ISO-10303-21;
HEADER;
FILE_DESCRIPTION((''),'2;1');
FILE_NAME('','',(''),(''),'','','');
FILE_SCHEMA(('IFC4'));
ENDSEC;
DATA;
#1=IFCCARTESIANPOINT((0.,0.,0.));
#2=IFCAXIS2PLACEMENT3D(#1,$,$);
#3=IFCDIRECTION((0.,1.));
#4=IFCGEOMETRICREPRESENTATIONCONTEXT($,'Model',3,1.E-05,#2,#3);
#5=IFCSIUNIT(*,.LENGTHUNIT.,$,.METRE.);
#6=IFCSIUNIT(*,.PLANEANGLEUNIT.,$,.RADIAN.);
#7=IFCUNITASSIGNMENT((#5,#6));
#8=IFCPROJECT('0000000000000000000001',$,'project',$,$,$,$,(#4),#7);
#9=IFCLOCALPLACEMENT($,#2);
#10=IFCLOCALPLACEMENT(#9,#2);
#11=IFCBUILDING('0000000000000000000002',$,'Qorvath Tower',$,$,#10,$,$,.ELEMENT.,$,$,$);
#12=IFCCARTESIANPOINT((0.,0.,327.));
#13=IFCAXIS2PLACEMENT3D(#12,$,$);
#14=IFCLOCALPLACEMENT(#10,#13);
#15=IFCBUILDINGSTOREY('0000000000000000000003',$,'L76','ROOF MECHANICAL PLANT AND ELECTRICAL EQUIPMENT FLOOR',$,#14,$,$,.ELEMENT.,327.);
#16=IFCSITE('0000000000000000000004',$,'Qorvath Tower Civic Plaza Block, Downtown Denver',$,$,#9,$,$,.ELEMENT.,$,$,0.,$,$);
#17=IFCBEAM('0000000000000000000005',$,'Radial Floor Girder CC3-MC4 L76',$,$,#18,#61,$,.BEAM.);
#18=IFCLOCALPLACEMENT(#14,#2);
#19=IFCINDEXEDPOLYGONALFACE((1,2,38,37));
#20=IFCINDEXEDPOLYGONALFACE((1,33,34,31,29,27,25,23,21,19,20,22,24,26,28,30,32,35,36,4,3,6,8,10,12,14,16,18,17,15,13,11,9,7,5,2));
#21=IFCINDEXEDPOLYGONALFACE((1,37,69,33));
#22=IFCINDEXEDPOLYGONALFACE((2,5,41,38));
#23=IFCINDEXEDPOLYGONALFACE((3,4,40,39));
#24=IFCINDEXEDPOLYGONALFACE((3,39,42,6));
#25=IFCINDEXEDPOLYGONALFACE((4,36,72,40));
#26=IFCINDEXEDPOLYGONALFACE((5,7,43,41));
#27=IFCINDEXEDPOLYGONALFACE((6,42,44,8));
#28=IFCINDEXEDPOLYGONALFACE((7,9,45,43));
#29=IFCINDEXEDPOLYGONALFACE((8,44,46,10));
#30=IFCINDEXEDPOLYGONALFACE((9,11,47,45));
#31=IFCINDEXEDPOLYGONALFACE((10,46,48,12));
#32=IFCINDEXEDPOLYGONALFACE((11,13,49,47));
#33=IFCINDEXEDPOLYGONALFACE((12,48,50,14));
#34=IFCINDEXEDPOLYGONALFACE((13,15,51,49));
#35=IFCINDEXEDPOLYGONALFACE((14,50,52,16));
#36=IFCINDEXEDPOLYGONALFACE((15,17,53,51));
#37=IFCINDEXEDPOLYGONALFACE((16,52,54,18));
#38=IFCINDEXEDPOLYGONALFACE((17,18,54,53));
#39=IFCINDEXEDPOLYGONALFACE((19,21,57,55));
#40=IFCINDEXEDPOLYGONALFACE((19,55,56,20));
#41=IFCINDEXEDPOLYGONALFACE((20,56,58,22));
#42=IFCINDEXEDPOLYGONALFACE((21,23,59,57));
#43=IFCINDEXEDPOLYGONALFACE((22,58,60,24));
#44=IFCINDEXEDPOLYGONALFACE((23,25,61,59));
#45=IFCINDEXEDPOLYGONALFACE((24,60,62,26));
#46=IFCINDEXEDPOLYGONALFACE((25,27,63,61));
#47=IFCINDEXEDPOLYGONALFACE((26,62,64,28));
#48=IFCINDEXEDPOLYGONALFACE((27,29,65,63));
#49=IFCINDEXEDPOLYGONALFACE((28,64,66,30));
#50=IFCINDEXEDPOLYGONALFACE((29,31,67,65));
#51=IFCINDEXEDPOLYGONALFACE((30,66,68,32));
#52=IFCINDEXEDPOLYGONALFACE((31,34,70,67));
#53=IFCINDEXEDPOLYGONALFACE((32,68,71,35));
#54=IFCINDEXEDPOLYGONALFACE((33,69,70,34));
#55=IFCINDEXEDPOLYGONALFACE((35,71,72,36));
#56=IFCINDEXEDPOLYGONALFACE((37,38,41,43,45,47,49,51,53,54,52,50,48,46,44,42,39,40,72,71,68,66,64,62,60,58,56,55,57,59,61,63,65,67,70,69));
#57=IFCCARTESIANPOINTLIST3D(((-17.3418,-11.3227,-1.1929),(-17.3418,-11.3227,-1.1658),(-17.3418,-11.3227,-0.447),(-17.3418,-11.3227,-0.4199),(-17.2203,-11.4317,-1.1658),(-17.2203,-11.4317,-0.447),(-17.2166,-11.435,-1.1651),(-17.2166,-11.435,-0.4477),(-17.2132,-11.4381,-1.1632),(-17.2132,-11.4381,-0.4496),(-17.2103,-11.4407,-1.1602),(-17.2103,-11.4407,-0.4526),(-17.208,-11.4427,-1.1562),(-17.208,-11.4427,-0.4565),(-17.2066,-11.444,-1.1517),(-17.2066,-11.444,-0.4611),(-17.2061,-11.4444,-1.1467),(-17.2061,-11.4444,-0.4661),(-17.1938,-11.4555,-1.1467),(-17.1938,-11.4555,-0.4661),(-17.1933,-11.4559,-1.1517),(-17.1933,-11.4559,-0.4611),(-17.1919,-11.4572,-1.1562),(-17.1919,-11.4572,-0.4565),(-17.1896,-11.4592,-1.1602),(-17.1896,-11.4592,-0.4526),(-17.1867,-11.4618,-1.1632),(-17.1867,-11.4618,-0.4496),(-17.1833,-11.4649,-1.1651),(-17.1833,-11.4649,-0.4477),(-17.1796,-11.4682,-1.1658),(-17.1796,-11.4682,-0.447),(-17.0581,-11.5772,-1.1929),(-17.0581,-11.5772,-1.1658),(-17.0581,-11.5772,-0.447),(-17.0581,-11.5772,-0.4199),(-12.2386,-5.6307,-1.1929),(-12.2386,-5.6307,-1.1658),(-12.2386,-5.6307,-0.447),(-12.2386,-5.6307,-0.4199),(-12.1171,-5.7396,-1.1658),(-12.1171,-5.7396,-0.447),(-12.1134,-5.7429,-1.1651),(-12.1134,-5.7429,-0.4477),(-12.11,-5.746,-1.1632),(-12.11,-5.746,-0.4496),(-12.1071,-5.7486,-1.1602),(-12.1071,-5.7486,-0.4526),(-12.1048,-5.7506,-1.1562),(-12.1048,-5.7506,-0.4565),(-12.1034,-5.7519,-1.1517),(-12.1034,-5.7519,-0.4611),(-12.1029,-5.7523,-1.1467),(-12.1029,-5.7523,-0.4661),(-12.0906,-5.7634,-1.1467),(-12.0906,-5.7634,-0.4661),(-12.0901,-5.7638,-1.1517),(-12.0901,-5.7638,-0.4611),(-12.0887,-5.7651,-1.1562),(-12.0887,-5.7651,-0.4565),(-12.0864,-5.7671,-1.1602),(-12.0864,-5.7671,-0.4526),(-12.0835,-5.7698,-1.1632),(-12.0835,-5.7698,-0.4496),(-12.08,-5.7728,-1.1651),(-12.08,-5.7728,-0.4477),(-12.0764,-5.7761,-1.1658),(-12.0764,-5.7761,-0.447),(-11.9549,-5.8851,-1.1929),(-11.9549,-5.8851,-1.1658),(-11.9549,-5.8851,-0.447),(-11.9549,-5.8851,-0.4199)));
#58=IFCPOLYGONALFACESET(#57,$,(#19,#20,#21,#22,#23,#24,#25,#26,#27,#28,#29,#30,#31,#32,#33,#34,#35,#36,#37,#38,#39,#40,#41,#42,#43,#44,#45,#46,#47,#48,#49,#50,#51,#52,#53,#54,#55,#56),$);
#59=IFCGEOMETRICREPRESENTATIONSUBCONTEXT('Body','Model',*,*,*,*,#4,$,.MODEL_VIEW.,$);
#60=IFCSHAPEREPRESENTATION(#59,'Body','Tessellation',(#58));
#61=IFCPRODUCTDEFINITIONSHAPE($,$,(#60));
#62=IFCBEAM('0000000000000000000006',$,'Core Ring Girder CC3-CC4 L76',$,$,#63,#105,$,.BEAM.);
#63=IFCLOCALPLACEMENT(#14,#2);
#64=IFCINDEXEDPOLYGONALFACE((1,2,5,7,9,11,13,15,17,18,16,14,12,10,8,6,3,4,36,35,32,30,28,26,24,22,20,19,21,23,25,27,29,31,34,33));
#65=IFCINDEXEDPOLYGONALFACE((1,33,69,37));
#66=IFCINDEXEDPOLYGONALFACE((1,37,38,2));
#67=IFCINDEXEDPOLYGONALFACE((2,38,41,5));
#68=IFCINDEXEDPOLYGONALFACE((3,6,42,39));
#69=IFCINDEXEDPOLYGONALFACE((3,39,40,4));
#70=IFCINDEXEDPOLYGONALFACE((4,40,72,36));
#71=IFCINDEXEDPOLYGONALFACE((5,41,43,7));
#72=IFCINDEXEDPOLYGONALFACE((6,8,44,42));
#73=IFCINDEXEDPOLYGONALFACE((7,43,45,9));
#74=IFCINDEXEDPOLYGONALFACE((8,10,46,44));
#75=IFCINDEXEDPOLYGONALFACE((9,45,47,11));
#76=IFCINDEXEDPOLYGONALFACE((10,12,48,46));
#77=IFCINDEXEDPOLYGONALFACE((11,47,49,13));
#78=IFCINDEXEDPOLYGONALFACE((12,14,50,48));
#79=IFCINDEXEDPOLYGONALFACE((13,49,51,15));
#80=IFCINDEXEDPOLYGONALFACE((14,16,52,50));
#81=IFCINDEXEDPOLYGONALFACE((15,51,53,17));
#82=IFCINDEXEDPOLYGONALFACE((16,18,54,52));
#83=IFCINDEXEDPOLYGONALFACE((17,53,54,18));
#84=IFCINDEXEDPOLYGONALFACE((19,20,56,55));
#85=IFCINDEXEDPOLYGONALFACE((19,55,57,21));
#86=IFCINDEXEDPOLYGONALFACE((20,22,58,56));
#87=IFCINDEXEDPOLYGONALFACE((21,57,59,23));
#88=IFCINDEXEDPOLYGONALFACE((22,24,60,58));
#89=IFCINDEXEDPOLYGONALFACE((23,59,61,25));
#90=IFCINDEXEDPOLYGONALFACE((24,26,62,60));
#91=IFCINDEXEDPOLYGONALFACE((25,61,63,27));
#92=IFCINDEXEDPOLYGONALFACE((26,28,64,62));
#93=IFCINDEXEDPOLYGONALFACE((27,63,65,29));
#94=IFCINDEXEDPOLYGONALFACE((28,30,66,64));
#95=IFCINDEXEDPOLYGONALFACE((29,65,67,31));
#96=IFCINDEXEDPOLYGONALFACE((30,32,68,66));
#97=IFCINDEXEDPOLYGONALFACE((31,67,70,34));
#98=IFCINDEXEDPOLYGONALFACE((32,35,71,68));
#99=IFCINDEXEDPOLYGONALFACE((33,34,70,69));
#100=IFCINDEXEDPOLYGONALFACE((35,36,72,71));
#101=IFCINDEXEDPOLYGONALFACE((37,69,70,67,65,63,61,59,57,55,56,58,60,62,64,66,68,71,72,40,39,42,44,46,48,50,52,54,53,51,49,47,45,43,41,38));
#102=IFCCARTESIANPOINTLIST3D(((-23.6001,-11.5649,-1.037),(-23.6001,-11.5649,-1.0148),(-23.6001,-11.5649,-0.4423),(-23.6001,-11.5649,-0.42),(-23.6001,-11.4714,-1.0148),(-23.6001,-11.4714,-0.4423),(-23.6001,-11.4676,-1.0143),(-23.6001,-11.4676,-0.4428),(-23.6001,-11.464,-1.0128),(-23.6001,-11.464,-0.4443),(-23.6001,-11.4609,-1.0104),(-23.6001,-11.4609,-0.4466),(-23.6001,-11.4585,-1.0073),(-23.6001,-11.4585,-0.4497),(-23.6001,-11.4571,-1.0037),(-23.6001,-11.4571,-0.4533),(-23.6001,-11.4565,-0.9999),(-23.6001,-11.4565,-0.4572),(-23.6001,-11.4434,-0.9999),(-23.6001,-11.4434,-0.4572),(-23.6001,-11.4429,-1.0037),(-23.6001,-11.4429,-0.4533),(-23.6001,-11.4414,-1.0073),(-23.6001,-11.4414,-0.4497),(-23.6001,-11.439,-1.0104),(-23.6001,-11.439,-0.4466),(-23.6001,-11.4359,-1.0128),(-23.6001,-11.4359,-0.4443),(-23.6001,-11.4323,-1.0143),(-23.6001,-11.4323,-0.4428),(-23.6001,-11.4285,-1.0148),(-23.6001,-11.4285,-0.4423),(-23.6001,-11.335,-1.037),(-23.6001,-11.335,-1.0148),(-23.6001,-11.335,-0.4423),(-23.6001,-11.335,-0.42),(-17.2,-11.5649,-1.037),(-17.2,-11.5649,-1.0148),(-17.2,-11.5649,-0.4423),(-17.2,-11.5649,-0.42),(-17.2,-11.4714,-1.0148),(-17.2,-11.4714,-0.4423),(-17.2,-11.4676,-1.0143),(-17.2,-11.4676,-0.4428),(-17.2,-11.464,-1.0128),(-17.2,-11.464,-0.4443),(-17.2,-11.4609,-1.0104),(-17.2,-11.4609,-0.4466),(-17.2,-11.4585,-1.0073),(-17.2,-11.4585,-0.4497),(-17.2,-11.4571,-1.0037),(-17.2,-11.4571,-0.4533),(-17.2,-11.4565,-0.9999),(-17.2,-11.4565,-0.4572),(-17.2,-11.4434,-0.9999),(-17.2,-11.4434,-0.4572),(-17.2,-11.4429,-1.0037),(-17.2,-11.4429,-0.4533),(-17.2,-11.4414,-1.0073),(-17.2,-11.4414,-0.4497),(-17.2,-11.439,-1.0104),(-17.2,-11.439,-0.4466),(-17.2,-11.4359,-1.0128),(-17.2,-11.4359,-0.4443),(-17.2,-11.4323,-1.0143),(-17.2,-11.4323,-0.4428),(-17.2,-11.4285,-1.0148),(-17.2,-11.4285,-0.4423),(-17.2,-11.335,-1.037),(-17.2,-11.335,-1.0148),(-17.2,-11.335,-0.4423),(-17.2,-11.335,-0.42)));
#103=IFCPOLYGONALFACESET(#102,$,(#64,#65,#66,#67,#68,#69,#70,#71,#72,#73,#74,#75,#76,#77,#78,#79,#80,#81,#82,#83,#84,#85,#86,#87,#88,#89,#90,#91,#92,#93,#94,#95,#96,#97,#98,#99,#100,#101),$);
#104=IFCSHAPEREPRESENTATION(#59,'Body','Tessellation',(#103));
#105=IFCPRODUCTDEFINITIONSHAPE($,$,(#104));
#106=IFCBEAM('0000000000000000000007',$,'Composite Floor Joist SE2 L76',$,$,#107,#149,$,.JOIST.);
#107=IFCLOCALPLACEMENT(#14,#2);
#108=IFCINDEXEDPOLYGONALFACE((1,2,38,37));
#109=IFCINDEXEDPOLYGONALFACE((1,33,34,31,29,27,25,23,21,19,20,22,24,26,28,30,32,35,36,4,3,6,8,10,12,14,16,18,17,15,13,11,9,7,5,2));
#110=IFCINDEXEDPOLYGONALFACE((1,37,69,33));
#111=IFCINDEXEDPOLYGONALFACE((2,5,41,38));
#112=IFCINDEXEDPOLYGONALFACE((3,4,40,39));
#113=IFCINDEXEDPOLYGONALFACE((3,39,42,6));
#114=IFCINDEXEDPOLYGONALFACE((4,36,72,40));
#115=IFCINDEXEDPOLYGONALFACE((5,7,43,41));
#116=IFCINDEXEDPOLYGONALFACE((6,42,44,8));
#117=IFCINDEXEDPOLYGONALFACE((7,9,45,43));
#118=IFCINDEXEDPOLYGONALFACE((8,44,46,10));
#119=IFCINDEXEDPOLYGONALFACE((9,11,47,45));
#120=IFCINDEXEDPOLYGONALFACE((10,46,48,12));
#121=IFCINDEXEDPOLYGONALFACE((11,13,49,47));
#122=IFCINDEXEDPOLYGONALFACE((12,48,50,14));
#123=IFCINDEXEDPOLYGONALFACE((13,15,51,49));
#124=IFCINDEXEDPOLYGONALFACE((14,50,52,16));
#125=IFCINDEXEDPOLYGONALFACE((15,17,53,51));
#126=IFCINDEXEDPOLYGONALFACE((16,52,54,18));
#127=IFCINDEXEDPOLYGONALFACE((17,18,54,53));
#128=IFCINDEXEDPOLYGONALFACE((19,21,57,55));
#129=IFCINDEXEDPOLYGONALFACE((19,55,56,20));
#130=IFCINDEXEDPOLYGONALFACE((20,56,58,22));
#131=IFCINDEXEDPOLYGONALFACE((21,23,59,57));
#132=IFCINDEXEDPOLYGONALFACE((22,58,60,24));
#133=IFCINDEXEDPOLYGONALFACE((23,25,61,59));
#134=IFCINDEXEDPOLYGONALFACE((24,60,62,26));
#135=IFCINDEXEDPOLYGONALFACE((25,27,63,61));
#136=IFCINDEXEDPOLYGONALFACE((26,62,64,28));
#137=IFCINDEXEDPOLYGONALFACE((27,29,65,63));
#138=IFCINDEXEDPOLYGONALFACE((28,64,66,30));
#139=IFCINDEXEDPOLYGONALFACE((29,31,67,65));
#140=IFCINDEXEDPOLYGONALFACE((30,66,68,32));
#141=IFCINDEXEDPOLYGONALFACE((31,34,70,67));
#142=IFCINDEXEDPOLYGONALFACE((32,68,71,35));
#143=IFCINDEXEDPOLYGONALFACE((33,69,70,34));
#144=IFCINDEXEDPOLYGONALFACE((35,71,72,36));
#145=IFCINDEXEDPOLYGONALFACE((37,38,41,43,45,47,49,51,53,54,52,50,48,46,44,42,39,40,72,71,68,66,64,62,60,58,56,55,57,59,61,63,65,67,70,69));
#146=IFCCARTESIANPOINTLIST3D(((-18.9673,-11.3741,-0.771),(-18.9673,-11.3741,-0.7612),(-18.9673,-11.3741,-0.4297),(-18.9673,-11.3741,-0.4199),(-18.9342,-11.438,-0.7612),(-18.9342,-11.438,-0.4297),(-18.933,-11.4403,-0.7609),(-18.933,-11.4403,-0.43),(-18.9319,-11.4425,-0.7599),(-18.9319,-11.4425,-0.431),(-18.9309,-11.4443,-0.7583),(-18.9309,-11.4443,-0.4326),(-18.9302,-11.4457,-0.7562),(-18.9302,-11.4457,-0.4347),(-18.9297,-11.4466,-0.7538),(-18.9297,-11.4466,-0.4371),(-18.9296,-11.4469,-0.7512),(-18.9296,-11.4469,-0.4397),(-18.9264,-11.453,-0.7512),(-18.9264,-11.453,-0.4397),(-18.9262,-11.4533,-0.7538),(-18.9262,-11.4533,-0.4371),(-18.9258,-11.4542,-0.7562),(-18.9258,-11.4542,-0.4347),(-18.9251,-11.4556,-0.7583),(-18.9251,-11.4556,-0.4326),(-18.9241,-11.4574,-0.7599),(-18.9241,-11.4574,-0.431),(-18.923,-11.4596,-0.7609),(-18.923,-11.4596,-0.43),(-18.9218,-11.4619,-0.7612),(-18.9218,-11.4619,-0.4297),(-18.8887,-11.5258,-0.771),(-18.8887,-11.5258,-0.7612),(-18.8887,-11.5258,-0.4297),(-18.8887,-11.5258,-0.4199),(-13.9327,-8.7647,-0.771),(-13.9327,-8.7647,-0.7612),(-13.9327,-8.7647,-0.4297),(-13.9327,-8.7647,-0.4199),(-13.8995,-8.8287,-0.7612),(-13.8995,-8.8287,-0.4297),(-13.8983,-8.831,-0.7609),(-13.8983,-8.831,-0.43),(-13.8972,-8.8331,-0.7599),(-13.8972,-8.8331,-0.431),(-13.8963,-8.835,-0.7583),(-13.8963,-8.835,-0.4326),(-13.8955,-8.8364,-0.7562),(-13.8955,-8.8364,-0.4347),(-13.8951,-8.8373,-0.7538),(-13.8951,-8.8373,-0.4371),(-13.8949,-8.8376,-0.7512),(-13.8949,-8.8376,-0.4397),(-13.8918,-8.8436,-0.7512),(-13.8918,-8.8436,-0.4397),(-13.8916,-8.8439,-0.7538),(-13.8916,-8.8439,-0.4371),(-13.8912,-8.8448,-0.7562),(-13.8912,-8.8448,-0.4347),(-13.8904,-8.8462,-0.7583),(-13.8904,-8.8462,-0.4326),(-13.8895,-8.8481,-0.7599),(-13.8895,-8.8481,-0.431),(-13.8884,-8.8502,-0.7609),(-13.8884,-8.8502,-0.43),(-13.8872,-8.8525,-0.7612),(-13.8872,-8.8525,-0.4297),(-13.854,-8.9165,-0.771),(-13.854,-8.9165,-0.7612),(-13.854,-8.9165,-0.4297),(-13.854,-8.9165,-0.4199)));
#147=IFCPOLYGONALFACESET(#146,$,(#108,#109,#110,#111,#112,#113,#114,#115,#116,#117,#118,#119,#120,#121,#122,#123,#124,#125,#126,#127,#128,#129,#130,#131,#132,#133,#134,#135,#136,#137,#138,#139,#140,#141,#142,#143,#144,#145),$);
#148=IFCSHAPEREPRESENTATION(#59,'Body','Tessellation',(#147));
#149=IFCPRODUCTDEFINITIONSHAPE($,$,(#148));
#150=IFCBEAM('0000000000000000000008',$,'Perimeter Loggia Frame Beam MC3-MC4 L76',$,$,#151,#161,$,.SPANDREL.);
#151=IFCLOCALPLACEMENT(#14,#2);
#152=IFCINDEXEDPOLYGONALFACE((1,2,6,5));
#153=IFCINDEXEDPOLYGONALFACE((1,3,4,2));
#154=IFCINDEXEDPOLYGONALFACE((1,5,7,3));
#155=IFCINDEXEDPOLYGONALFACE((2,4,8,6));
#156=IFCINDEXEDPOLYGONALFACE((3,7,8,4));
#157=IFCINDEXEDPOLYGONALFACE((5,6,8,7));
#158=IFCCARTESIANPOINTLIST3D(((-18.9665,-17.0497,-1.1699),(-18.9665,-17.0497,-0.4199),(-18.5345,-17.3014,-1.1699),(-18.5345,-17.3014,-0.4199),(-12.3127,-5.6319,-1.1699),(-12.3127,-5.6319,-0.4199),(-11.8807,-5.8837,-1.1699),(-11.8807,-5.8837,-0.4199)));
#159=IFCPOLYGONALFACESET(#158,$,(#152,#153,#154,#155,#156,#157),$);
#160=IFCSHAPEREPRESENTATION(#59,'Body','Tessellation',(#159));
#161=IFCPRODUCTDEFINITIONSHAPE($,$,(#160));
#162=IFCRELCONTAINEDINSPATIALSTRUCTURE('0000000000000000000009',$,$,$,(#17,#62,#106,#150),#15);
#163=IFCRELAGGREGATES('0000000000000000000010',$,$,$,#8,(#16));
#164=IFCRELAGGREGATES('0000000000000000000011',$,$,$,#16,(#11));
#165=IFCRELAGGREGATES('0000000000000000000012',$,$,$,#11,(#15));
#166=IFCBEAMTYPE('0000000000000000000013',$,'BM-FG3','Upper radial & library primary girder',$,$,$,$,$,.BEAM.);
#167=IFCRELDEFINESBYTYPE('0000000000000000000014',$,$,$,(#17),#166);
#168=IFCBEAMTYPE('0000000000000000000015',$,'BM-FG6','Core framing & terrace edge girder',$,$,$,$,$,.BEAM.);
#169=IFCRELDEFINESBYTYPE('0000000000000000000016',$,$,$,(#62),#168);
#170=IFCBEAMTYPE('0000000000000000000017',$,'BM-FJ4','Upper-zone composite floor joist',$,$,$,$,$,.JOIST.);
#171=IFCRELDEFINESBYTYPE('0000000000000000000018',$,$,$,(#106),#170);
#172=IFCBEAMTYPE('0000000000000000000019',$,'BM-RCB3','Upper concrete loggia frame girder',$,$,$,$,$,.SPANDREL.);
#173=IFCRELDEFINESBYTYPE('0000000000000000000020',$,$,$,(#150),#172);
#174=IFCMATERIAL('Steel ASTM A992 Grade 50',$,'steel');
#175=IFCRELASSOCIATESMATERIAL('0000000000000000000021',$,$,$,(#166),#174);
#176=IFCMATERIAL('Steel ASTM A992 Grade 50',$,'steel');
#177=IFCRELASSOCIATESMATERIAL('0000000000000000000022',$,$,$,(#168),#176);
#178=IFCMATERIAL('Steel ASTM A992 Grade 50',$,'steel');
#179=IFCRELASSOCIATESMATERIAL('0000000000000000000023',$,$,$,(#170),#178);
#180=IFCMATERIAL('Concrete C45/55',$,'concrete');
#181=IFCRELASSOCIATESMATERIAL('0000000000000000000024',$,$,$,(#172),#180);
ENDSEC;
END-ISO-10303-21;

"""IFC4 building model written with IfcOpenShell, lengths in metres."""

from ifc_helpers import new_model, si_unit, direction, frame, origin, origin_2d, place, context, subcontext, project, spatial, rectangle, i_section, extrude, material, material_profile, profile_set, type_object, element, save


model = new_model("IFC4")

# Units and contexts
model_context = context("Model", 3, precision=1e-05, world=origin(), true_north=direction((0.0, 1.0)))
body_context = subcontext(model_context, "Body", "Model", "MODEL_VIEW")
ifc_project = project(units=[si_unit("LENGTHUNIT", "METRE"), si_unit("PLANEANGLEUNIT", "RADIAN")], contexts=[model_context])

# Site, building, storey
site_placement = place(None, origin())
site = spatial("IfcSite", under=ifc_project, at=site_placement, Name="Qorvath Tower Civic Plaza Block, Downtown Denver", CompositionType="ELEMENT", RefElevation=0.0)
building_placement = place(site_placement, origin())
building = spatial("IfcBuilding", under=site, at=building_placement, Name="Qorvath Tower", CompositionType="ELEMENT")
storey_placement = place(building_placement, frame((0.0, 0.0, 327.0)))
storey = spatial("IfcBuildingStorey", under=building, at=storey_placement, Name="L76", Description="ROOF MECHANICAL PLANT AND ELECTRICAL EQUIPMENT FLOOR", CompositionType="ELEMENT", Elevation=327.0)

# Beams
ifc_material_1 = material(Name="Steel ASTM A992 Grade 50", Category="steel")
ifc_material_profile_1 = material_profile(ifc_material_1, i_section(OverallWidth=0.3811, OverallDepth=0.7729, WebThickness=0.0166, FlangeThickness=0.0271, FilletRadius=0.019, at=origin_2d()), Name="W30x173")
ifc_profile_set_1 = profile_set([ifc_material_profile_1], Name="Steel ASTM A992 Grade 50")
beam_type_1 = type_object("IfcBeamType", Name="BM-FG3", Description="Upper radial & library primary girder", PredefinedType="BEAM", material=ifc_profile_set_1)
beam_1_placement = place(storey_placement, frame((-17.2, -11.45, -0.8064), z_axis=(0.667543, 0.744571, 0.0), x_axis=(-0.744571, 0.667543, 0.0)))
element("IfcBeam", 1, at=beam_1_placement, inside=storey, type_object=beam_type_1, Name="Radial Floor Girder CC3-MC4 L76", PredefinedType="BEAM", context=body_context, shape_type="SweptSolid", body=[
    extrude(i_section(OverallWidth=0.3811, OverallDepth=0.7729, WebThickness=0.0166, FlangeThickness=0.0271, FilletRadius=0.019, at=origin_2d()), origin(), (0.0, 0.0, 1.0), 7.6448),
])
ifc_material_2 = material(Name="Steel ASTM A992 Grade 50", Category="steel")
ifc_material_profile_2 = material_profile(ifc_material_2, i_section(OverallWidth=0.23, OverallDepth=0.6169, WebThickness=0.0132, FlangeThickness=0.0222, FilletRadius=0.0149, at=origin_2d()), Name="W24x94")
ifc_profile_set_2 = profile_set([ifc_material_profile_2], Name="Steel ASTM A992 Grade 50")
beam_type_2 = type_object("IfcBeamType", Name="BM-FG6", Description="Core framing & terrace edge girder", PredefinedType="BEAM", material=ifc_profile_set_2)
beam_2_placement = place(storey_placement, frame((-17.2, -11.45, -0.7285), z_axis=(-1.0, 0.0, 0.0), x_axis=(0.0, -1.0, 0.0)))
element("IfcBeam", 2, at=beam_2_placement, inside=storey, type_object=beam_type_2, Name="Core Ring Girder CC3-CC4 L76", PredefinedType="BEAM", context=body_context, shape_type="SweptSolid", body=[
    extrude(i_section(OverallWidth=0.23, OverallDepth=0.6169, WebThickness=0.0132, FlangeThickness=0.0222, FilletRadius=0.0149, at=origin_2d()), origin(), (0.0, 0.0, 1.0), 6.4001),
])
ifc_material_3 = material(Name="Steel ASTM A992 Grade 50", Category="steel")
ifc_material_profile_3 = material_profile(ifc_material_3, i_section(OverallWidth=0.1709, OverallDepth=0.3511, WebThickness=0.0068, FlangeThickness=0.0098, FilletRadius=0.01, at=origin_2d()), Name="W14x30")
ifc_profile_set_3 = profile_set([ifc_material_profile_3], Name="Steel ASTM A992 Grade 50")
beam_type_3 = type_object("IfcBeamType", Name="BM-FJ4", Description="Upper-zone composite floor joist", PredefinedType="JOIST", material=ifc_profile_set_3)
beam_3_placement = place(storey_placement, frame((-18.928, -11.45, -0.5955), z_axis=(0.887841, 0.460151, 0.0), x_axis=(-0.460151, 0.887841, 0.0)))
element("IfcBeam", 3, at=beam_3_placement, inside=storey, type_object=beam_type_3, Name="Composite Floor Joist SE2 L76", PredefinedType="JOIST", context=body_context, shape_type="SweptSolid", body=[
    extrude(i_section(OverallWidth=0.1709, OverallDepth=0.3511, WebThickness=0.0068, FlangeThickness=0.0098, FilletRadius=0.01, at=origin_2d()), origin(), (0.0, 0.0, 1.0), 5.6707),
])
ifc_material_4 = material(Name="Concrete C45/55", Category="concrete")
ifc_material_profile_4 = material_profile(ifc_material_4, rectangle(XDim=0.5, YDim=0.75, at=origin_2d()), Name="RCB 750x500")
ifc_profile_set_4 = profile_set([ifc_material_profile_4], Name="Concrete C45/55")
beam_type_4 = type_object("IfcBeamType", Name="BM-RCB3", Description="Upper concrete loggia frame girder", PredefinedType="SPANDREL", material=ifc_profile_set_4)
beam_4_placement = place(storey_placement, frame((-18.7505, -17.1755, -0.7949), z_axis=(0.503502, 0.863994, 0.0), x_axis=(-0.863994, 0.503502, 0.0)))
element("IfcBeam", 4, at=beam_4_placement, inside=storey, type_object=beam_type_4, Name="Perimeter Loggia Frame Beam MC3-MC4 L76", PredefinedType="SPANDREL", context=body_context, shape_type="SweptSolid", body=[
    extrude(rectangle(XDim=0.5, YDim=0.75, at=origin_2d()), origin(), (0.0, 0.0, 1.0), 13.2151),
])

save(model, "model.ifc")
